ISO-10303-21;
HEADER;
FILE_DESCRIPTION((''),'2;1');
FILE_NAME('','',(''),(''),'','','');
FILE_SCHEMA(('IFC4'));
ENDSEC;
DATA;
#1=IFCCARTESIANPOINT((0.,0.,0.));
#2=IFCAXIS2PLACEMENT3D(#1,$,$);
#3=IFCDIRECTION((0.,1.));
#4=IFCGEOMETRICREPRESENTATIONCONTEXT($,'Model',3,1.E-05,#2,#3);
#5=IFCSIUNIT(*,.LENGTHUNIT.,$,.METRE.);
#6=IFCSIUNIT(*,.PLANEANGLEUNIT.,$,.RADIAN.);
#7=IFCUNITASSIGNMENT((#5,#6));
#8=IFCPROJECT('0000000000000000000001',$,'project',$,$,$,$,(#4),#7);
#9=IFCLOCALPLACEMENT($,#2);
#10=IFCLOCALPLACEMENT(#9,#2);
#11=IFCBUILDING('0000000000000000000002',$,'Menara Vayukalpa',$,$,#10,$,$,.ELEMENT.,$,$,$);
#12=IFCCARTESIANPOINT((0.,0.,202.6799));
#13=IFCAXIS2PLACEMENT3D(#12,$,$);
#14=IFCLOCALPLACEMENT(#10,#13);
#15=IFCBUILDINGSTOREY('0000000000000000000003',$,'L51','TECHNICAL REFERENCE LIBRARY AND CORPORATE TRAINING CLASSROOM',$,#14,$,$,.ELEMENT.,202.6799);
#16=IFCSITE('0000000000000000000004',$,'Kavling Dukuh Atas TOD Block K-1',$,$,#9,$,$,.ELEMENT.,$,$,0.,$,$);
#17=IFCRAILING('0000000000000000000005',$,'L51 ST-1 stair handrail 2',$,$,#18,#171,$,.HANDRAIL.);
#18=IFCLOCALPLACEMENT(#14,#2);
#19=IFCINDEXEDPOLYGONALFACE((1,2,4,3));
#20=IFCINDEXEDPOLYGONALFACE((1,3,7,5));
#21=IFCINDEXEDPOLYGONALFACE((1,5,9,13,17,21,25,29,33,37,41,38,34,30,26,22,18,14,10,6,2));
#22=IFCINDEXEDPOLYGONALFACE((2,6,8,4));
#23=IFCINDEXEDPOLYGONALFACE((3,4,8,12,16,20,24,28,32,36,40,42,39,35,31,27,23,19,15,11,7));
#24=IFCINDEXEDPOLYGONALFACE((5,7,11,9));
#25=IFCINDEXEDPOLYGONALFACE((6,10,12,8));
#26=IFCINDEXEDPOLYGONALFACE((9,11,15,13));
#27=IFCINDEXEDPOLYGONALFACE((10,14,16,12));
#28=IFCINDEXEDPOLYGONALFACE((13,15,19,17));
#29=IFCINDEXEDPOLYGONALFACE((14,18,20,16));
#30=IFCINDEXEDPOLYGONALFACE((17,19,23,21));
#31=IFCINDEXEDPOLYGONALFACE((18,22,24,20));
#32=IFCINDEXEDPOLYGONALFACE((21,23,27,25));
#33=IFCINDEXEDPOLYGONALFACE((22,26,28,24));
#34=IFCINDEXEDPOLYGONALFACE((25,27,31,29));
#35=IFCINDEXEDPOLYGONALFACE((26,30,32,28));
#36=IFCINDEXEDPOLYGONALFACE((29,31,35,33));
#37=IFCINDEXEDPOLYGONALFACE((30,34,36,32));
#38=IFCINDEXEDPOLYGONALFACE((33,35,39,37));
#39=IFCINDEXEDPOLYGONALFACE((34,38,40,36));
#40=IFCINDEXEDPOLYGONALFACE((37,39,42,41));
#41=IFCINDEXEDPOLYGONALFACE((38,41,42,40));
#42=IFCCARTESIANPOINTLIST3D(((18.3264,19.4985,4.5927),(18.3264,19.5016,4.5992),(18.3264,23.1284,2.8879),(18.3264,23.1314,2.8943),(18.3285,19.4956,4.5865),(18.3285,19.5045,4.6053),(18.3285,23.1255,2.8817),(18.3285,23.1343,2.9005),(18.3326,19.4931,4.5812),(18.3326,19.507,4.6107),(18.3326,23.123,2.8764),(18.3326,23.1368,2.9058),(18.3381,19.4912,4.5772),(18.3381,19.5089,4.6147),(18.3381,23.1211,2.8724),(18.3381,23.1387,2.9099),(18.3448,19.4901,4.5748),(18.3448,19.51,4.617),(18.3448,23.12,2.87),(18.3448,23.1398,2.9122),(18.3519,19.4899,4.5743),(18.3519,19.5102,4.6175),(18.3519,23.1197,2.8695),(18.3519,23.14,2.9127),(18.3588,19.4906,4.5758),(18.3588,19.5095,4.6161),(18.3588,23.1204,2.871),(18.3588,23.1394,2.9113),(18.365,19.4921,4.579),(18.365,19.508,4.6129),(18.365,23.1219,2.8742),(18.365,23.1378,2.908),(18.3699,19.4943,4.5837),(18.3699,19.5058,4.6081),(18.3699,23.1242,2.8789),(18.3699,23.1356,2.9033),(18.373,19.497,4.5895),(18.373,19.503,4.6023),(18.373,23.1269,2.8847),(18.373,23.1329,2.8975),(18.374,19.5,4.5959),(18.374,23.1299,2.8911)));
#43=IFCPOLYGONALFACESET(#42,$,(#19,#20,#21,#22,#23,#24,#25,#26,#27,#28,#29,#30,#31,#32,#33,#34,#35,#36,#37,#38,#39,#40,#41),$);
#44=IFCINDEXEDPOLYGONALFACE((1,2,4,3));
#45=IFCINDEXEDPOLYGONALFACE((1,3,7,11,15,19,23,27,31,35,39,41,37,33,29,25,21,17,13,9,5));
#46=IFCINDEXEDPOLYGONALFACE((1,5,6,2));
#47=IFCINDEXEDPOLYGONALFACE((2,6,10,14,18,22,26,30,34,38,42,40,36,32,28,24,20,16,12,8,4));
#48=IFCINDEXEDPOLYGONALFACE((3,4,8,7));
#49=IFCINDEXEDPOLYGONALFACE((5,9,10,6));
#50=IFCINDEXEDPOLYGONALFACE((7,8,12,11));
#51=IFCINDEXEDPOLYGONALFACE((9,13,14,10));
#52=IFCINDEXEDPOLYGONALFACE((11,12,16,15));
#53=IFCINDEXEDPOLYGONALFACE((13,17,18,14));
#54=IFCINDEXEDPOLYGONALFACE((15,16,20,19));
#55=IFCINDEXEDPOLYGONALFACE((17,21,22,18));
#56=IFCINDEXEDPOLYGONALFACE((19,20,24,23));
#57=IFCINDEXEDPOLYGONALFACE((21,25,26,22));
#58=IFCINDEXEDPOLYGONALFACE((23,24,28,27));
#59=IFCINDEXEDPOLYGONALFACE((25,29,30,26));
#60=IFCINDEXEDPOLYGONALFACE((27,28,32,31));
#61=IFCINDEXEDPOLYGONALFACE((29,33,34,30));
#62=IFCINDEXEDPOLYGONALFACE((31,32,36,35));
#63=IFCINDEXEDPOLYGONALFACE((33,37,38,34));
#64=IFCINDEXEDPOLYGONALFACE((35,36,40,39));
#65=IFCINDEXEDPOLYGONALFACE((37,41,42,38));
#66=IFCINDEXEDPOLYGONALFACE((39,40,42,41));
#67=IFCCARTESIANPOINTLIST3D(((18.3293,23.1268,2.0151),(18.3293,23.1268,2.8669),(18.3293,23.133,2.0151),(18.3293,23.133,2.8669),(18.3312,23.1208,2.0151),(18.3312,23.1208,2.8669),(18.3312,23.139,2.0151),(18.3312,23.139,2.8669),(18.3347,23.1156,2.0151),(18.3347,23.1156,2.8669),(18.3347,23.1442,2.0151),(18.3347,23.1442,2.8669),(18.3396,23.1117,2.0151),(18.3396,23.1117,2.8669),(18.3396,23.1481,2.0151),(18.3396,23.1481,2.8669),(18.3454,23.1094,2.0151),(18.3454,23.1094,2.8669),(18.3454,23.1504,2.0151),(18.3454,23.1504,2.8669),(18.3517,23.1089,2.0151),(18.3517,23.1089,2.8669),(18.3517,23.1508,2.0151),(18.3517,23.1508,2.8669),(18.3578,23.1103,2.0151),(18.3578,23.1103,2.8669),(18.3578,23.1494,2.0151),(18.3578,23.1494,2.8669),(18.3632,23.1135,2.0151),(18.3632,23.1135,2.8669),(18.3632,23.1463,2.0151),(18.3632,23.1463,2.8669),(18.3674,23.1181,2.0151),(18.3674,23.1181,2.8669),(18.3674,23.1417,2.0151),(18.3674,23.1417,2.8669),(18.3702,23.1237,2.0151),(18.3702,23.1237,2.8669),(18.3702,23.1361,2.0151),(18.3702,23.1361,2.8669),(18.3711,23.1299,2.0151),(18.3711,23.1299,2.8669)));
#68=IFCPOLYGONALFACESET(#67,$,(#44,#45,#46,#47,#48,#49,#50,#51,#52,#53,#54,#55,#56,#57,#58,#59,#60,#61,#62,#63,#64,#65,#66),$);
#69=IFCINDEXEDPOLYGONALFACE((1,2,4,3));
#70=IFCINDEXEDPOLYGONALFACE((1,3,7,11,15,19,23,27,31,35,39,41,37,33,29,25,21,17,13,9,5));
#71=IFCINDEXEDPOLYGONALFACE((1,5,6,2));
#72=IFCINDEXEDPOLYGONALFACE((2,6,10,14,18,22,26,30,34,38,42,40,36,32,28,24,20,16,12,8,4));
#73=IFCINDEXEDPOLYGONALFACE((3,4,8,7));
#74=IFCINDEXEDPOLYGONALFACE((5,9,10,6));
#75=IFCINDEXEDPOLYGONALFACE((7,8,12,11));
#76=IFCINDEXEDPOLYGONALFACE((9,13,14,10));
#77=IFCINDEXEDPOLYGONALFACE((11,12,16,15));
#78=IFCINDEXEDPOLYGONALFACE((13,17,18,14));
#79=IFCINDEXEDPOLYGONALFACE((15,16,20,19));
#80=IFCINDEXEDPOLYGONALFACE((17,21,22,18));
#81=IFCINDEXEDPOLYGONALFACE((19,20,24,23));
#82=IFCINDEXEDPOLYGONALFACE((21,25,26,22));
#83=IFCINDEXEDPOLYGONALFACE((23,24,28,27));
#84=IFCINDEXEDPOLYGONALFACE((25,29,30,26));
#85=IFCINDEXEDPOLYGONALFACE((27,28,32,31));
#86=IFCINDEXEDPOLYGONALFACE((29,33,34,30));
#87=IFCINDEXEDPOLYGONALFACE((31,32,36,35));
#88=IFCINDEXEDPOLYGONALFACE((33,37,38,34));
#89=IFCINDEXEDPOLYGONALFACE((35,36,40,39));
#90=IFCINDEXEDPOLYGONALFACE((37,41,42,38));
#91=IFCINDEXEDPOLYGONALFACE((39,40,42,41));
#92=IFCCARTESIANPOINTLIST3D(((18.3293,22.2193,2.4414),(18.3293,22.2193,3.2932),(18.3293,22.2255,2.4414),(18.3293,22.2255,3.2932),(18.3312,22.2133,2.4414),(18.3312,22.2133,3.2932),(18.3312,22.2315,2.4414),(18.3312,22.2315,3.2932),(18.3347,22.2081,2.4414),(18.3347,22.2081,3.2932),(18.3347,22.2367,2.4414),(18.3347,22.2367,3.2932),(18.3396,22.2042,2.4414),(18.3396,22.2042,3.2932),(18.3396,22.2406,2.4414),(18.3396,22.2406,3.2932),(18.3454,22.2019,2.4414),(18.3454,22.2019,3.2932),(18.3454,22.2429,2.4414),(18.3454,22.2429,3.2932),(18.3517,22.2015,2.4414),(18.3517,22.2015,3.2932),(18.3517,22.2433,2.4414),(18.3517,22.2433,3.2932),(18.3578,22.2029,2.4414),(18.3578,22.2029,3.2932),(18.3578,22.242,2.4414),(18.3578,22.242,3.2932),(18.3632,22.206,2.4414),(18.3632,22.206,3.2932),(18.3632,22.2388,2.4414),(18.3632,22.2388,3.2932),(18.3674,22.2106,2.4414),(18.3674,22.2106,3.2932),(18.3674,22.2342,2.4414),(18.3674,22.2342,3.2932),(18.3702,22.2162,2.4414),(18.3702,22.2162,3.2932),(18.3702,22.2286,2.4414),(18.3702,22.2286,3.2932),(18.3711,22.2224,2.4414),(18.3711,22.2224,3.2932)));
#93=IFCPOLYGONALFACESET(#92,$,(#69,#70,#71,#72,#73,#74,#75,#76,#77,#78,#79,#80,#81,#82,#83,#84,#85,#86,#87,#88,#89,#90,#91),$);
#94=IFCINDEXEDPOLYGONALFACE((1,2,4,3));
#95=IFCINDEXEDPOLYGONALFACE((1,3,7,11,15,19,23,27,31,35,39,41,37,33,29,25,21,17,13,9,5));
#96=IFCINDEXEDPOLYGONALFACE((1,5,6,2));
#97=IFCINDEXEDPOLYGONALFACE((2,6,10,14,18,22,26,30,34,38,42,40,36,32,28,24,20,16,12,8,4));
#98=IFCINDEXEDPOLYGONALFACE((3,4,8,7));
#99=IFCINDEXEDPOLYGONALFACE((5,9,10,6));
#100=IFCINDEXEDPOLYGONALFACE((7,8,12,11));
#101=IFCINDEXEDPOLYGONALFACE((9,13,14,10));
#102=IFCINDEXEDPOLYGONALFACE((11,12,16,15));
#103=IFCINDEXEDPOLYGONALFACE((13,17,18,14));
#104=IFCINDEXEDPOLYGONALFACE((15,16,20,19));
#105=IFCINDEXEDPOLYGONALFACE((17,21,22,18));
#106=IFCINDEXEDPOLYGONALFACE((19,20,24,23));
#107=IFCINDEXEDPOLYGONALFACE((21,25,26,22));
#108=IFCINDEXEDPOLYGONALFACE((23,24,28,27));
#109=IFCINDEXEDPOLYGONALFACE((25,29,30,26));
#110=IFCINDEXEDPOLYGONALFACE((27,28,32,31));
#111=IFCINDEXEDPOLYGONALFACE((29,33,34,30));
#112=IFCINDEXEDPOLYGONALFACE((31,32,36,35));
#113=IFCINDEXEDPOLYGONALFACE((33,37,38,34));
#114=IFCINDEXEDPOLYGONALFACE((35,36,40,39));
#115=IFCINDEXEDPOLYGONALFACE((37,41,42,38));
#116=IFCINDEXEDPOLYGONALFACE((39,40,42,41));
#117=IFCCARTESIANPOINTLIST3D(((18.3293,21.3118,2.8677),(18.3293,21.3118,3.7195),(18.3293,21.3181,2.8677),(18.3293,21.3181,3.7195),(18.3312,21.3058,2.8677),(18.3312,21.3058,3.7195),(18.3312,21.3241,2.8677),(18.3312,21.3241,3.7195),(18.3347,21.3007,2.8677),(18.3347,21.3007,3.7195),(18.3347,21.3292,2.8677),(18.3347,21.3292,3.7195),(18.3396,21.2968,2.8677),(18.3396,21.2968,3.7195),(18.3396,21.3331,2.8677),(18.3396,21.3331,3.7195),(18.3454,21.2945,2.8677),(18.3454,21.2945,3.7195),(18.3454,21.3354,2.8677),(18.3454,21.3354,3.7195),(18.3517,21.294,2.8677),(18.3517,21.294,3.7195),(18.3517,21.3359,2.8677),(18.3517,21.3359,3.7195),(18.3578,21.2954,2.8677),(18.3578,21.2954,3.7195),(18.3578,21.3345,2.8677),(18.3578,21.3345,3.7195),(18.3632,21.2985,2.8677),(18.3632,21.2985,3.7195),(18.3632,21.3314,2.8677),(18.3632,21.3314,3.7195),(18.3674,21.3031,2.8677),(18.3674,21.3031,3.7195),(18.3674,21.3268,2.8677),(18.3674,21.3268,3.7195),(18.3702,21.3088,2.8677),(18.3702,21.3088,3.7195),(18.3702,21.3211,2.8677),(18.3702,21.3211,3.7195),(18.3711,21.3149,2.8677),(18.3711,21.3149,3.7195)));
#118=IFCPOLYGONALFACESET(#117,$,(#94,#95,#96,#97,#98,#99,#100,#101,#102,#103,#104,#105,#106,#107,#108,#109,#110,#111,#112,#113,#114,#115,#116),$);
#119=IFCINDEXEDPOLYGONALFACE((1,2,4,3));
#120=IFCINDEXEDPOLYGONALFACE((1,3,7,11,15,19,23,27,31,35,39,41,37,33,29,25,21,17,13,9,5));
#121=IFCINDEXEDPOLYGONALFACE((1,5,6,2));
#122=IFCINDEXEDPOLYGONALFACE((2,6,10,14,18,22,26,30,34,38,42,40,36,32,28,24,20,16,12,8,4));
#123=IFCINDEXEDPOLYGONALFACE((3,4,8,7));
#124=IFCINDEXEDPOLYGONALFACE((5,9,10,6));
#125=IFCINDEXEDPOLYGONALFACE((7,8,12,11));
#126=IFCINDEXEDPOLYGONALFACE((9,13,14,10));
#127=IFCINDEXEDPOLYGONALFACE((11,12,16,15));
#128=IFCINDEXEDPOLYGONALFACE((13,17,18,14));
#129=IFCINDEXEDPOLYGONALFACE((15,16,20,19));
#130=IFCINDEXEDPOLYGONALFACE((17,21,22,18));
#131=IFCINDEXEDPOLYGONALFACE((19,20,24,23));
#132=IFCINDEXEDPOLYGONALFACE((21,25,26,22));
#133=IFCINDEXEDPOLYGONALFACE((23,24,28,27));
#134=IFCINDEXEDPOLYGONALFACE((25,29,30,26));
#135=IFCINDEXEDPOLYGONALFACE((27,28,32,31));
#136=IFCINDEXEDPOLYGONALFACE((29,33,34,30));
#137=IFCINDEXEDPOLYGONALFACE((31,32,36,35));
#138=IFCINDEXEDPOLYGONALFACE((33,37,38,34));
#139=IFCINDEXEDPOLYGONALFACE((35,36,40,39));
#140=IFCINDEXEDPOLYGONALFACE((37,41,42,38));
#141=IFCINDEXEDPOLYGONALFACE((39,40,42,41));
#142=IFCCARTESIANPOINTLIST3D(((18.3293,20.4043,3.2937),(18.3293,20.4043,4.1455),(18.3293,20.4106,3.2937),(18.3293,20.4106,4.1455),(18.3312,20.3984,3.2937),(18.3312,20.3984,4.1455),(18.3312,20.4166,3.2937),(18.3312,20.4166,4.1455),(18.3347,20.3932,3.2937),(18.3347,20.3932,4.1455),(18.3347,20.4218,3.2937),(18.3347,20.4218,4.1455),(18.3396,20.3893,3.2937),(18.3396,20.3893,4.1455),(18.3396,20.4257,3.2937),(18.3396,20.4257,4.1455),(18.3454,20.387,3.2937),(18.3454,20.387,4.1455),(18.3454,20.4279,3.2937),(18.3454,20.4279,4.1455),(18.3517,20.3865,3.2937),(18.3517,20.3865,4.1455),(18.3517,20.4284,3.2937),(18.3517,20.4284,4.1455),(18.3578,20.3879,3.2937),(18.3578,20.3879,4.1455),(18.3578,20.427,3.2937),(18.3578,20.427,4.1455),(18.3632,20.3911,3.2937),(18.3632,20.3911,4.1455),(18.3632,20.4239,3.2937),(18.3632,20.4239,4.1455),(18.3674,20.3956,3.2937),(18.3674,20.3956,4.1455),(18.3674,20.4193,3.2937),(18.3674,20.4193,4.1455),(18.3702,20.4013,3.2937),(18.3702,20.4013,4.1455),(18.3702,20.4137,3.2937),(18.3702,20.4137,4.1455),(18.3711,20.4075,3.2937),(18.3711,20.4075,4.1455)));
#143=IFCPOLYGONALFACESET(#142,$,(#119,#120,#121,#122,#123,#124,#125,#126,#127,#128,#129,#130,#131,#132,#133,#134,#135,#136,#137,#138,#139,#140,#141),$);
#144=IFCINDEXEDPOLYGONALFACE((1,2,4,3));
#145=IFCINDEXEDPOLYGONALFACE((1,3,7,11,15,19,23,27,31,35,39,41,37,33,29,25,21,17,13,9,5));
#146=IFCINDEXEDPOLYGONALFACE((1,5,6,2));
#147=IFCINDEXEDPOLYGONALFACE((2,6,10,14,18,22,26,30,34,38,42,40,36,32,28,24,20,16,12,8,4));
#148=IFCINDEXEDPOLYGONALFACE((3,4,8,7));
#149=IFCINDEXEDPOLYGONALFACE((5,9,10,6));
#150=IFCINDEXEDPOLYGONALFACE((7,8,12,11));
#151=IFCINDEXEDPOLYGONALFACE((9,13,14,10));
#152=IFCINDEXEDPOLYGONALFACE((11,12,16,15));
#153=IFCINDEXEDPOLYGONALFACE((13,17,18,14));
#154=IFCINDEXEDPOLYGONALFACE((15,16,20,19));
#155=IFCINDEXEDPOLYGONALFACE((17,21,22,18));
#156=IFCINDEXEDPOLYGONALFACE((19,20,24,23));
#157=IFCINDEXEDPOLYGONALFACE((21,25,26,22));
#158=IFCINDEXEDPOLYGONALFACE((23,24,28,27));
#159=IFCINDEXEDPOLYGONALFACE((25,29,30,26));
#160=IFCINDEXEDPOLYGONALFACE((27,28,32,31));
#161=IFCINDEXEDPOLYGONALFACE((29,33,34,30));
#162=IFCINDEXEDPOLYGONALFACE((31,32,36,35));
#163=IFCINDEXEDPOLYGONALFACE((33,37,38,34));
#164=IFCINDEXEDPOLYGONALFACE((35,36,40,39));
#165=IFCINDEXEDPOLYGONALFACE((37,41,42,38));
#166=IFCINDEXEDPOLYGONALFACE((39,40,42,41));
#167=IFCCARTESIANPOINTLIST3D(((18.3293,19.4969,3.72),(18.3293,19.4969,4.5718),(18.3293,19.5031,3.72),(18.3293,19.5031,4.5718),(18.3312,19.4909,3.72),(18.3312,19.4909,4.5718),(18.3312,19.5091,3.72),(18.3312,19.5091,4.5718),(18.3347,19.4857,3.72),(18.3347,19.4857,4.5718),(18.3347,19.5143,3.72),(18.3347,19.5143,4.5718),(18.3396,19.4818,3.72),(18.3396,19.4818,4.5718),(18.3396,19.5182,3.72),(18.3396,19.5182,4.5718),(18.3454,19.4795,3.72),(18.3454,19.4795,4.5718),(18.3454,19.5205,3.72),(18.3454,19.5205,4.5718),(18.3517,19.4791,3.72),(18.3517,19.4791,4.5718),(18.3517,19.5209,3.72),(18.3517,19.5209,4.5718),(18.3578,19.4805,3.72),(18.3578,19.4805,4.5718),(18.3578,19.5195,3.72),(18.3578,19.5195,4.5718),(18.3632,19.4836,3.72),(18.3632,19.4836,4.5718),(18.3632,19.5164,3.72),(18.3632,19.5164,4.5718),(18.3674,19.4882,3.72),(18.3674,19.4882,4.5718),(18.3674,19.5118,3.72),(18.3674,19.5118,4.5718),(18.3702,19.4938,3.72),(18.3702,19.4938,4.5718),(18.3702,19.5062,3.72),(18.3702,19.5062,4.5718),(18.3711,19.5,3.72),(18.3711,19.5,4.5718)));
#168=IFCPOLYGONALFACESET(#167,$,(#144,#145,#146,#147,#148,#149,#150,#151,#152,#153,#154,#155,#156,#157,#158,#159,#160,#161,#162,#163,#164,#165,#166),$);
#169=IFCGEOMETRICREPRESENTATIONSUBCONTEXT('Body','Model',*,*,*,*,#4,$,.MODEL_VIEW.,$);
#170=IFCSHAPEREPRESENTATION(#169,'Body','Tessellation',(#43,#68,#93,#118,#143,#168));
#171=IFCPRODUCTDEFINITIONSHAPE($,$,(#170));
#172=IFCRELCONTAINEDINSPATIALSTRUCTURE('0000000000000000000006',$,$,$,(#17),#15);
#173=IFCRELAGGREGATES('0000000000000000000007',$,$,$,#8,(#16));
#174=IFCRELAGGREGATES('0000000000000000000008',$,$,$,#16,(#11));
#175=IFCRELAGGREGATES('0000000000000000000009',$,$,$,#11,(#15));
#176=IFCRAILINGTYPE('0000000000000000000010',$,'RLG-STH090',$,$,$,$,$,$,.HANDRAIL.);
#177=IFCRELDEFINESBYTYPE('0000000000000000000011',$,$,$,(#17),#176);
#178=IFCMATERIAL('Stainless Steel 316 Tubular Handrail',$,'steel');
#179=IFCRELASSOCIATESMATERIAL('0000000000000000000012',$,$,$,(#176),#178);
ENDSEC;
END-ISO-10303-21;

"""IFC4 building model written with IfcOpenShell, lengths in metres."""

from ifc_helpers import new_model, si_unit, direction, frame, origin, origin_2d, place, context, subcontext, project, spatial, circle, extrude, material, type_object, element, save


model = new_model("IFC4")

# Units and contexts
model_context = context("Model", 3, precision=1e-05, world=origin(), true_north=direction((0.0, 1.0)))
body_context = subcontext(model_context, "Body", "Model", "MODEL_VIEW")
ifc_project = project(units=[si_unit("LENGTHUNIT", "METRE"), si_unit("PLANEANGLEUNIT", "RADIAN")], contexts=[model_context])

# Site, building, storey
site_placement = place(None, origin())
site = spatial("IfcSite", under=ifc_project, at=site_placement, Name="Kavling Dukuh Atas TOD Block K-1", CompositionType="ELEMENT", RefElevation=0.0)
building_placement = place(site_placement, origin())
building = spatial("IfcBuilding", under=site, at=building_placement, Name="Menara Vayukalpa", CompositionType="ELEMENT")
storey_placement = place(building_placement, frame((0.0, 0.0, 202.6799)))
storey = spatial("IfcBuildingStorey", under=building, at=storey_placement, Name="L51", Description="TECHNICAL REFERENCE LIBRARY AND CORPORATE TRAINING CLASSROOM", CompositionType="ELEMENT", Elevation=202.6799)

# Railing
ifc_material_1 = material(Name="Stainless Steel 316 Tubular Handrail", Category="steel")
railing_type_1 = type_object("IfcRailingType", Name="RLG-STH090", PredefinedType="HANDRAIL", material=ifc_material_1)
railing_1_placement = place(storey_placement, frame((18.3501, 23.1299, 2.0151)))
element("IfcRailing", 1, at=railing_1_placement, inside=storey, type_object=railing_type_1, Name="L51 ST-1 stair handrail 2", PredefinedType="HANDRAIL", context=body_context, shape_type="SweptSolid", body=[
    extrude(circle(Radius=0.0239, at=origin_2d()), frame((0.0, 0.0, 0.876), z_axis=(0.0, -0.90514, 0.425114), x_axis=(1.0, 0.0, 0.0)), (0.0, 0.0, 1.0), 4.0103),
    extrude(circle(Radius=0.021, at=origin_2d()), origin(), (0.0, 0.0, 1.0), 0.8518),
    extrude(circle(Radius=0.021, at=origin_2d()), frame((0.0, -0.9075, 0.4263)), (0.0, 0.0, 1.0), 0.8518),
    extrude(circle(Radius=0.021, at=origin_2d()), frame((0.0, -1.8149, 0.8525)), (0.0, 0.0, 1.0), 0.8518),
    extrude(circle(Radius=0.021, at=origin_2d()), frame((0.0, -2.7224, 1.2786)), (0.0, 0.0, 1.0), 0.8518),
    extrude(circle(Radius=0.021, at=origin_2d()), frame((0.0, -3.6299, 1.7048)), (0.0, 0.0, 1.0), 0.8518),
])

save(model, "model.ifc")
